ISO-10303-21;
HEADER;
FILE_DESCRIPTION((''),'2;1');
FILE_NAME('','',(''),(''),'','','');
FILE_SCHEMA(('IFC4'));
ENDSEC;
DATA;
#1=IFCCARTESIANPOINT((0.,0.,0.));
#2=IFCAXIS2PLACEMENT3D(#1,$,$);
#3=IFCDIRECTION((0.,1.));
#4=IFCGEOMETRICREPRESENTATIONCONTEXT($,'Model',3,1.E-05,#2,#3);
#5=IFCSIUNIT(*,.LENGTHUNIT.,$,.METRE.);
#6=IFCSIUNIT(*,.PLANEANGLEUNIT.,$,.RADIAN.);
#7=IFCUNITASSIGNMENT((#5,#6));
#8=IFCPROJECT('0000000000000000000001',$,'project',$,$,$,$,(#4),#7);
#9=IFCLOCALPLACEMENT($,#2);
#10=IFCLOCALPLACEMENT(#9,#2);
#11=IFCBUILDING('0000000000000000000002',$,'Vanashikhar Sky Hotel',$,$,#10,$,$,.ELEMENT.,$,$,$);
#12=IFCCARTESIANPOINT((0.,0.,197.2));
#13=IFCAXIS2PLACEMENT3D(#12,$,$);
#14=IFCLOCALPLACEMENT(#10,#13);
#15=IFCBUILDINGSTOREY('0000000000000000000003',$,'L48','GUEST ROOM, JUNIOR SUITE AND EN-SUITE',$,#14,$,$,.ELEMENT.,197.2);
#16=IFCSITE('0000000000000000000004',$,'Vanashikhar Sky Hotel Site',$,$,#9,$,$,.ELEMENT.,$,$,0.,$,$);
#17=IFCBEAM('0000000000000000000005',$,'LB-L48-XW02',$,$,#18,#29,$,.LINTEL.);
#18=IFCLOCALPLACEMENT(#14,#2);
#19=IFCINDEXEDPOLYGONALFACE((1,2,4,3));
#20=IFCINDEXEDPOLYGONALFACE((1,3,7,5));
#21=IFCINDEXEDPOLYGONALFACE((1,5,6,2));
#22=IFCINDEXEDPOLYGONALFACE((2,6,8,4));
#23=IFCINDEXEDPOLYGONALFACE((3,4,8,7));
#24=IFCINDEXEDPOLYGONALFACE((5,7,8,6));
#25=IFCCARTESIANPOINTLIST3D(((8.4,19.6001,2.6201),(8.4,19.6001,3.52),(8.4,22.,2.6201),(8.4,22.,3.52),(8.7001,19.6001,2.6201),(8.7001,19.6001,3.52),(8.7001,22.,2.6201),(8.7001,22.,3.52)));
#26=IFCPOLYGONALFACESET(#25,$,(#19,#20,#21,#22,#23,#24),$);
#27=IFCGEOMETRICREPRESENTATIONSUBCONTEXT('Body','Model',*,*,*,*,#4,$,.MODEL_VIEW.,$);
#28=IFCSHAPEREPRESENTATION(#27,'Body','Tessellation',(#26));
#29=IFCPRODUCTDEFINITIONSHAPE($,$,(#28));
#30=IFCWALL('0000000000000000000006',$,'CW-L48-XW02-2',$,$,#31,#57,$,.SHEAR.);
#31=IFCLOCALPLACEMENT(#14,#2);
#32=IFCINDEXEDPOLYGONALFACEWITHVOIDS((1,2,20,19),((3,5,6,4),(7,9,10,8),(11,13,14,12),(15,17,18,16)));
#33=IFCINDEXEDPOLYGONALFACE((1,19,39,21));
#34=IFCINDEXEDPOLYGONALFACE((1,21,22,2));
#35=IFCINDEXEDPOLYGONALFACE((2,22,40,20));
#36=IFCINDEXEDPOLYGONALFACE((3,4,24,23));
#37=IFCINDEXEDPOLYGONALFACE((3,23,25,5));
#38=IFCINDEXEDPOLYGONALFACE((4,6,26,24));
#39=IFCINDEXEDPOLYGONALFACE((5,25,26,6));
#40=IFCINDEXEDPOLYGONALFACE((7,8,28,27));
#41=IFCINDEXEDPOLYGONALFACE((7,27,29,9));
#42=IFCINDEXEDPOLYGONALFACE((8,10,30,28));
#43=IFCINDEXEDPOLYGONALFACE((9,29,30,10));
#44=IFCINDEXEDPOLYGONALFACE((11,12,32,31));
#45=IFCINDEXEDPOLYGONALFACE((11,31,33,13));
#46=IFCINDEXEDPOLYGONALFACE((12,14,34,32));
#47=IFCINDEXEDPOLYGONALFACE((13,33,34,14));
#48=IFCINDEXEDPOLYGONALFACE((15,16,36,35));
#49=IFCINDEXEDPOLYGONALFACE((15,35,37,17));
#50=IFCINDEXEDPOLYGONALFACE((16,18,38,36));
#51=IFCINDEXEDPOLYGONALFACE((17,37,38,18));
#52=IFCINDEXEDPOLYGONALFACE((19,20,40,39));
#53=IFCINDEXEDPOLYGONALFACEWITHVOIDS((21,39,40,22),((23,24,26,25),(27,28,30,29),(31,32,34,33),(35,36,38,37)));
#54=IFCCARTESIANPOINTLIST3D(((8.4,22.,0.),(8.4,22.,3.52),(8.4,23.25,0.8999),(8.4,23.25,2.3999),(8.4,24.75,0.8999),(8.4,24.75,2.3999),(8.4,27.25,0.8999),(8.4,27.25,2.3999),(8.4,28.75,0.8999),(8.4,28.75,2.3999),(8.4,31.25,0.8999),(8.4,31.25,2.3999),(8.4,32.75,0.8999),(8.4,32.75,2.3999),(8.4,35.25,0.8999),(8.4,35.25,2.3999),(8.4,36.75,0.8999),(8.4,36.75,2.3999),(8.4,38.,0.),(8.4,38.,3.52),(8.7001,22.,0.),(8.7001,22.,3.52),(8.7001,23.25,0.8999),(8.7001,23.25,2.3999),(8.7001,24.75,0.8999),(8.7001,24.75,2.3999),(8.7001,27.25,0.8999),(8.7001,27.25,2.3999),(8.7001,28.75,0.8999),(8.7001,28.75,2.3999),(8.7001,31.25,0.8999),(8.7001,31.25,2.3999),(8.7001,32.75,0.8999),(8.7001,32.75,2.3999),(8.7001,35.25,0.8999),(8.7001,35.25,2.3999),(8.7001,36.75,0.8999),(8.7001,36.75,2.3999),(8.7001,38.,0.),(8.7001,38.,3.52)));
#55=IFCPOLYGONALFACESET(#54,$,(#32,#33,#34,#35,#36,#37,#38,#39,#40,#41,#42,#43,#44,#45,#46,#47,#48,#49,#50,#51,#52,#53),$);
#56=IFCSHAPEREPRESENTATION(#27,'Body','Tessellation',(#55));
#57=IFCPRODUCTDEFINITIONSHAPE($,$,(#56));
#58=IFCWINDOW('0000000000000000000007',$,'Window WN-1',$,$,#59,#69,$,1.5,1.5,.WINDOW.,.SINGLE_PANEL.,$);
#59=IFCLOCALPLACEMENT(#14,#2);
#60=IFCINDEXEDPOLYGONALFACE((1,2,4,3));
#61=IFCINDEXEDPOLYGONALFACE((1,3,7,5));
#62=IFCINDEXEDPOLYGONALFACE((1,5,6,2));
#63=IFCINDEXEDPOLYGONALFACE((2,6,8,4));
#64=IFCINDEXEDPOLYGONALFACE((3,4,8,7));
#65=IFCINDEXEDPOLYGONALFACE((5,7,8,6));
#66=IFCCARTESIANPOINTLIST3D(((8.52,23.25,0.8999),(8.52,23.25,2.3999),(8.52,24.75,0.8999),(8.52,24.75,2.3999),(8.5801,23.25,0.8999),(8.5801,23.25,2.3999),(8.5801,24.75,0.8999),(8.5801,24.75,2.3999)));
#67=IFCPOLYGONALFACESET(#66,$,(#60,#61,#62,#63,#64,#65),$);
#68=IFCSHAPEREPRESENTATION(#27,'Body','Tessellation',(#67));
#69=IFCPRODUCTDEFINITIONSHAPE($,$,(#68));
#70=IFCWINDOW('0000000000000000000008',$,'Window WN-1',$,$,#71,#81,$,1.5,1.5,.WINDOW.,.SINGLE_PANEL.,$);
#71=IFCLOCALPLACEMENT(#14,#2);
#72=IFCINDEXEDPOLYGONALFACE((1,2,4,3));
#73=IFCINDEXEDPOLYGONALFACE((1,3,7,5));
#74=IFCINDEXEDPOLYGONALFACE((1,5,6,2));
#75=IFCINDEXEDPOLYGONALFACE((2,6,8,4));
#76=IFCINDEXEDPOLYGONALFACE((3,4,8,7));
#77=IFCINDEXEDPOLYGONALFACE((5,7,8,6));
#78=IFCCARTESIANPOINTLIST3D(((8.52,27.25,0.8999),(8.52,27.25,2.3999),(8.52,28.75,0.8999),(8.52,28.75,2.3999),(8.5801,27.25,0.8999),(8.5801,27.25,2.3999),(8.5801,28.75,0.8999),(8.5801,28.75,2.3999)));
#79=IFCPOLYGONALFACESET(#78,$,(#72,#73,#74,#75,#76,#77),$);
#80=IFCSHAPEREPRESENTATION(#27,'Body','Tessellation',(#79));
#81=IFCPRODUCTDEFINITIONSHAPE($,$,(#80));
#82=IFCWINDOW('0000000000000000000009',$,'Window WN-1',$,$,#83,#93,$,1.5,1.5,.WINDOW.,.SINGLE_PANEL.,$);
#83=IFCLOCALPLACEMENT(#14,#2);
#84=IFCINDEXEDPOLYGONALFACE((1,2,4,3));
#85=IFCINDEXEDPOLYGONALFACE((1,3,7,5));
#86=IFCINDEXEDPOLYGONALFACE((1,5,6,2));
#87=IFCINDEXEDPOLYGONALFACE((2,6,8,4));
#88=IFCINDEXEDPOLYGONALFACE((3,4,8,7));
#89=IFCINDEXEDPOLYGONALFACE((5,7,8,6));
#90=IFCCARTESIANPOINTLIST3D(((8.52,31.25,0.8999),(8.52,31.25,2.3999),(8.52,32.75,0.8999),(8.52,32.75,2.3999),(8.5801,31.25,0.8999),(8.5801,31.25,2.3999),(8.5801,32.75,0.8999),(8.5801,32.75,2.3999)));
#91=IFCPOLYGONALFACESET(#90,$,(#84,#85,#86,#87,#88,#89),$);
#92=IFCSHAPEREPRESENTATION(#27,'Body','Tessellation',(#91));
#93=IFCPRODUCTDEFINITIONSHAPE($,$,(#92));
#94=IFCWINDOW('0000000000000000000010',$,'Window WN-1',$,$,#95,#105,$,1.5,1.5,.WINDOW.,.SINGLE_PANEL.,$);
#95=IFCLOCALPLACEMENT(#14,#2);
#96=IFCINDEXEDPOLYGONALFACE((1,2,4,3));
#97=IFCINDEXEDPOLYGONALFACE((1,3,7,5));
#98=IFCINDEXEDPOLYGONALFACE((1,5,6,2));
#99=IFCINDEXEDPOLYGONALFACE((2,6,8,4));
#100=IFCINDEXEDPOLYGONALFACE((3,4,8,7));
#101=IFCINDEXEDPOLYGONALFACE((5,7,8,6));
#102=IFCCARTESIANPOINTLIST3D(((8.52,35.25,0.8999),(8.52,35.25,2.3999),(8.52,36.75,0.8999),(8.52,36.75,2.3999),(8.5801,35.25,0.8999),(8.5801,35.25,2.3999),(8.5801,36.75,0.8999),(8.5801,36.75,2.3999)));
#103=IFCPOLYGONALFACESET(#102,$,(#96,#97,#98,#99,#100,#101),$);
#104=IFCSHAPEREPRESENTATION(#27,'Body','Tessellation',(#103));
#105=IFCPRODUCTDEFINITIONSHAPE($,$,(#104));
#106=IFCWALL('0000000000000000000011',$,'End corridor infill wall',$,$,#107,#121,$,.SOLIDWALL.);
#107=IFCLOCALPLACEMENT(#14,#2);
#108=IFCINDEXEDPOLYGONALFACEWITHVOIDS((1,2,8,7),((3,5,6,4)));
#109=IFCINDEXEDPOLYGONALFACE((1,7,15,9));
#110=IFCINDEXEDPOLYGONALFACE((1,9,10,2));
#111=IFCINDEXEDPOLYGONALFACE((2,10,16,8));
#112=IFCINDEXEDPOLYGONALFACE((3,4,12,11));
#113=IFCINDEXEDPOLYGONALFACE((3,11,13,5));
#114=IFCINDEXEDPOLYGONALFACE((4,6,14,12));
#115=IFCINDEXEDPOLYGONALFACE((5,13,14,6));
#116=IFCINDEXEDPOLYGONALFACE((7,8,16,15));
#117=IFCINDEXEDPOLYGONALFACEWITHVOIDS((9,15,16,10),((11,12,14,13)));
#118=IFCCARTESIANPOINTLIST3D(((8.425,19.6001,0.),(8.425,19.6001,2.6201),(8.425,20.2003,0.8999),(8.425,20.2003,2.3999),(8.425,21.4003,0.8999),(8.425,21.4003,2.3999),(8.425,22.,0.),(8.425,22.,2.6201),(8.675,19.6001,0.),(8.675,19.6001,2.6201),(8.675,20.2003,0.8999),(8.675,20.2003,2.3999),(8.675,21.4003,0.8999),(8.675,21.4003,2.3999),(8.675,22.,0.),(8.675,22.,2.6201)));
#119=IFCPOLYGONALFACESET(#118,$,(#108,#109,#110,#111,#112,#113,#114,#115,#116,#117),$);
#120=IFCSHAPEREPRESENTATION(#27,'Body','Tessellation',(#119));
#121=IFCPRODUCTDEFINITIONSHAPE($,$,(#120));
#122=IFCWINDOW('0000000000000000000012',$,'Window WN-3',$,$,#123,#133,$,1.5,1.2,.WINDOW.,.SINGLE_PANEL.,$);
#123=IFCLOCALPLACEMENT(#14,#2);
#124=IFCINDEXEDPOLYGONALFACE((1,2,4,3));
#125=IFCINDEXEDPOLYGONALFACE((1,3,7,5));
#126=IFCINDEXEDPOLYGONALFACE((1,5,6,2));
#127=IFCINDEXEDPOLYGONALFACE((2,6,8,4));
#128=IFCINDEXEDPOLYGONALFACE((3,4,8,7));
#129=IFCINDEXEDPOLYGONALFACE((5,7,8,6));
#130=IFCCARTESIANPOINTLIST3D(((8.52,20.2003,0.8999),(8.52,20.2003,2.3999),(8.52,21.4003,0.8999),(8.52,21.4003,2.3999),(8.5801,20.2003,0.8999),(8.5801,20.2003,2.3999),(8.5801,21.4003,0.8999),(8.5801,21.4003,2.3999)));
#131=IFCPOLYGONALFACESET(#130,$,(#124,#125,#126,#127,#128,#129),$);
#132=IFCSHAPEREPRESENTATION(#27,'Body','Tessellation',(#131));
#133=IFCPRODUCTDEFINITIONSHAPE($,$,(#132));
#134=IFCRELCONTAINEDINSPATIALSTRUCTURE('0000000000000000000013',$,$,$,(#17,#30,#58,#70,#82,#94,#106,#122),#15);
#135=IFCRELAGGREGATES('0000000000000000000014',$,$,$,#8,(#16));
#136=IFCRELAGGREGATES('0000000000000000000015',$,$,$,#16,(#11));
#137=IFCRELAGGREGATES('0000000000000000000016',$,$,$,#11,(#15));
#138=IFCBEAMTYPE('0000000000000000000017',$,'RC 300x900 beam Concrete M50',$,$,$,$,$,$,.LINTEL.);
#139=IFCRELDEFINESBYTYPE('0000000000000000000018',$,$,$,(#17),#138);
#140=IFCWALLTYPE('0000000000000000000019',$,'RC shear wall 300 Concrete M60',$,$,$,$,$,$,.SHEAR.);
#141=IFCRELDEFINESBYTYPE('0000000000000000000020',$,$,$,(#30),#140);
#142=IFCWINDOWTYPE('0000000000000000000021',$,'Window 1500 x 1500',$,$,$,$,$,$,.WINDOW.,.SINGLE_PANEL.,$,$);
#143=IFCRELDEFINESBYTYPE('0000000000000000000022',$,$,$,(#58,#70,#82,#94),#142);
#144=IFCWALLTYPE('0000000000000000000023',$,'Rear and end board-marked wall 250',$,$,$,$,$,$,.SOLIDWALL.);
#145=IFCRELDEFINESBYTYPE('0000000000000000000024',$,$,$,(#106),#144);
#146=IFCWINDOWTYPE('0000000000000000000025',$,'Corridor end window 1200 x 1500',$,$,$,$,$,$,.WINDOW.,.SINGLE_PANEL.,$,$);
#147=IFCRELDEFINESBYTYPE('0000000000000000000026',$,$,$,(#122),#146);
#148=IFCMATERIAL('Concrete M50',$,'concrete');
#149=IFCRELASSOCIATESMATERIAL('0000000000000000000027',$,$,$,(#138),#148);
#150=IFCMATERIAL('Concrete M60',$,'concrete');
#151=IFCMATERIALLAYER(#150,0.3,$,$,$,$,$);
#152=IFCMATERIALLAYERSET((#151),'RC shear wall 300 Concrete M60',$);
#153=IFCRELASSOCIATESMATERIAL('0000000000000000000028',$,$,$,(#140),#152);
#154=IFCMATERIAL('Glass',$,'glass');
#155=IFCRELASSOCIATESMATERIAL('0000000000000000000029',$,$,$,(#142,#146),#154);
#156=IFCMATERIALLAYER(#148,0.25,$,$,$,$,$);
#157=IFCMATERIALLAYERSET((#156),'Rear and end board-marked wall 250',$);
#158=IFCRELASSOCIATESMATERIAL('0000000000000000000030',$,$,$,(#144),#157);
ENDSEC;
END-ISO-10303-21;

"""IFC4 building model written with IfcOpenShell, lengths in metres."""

from ifc_helpers import new_model, si_unit, direction, frame, frame_2d, origin, origin_2d, place, context, subcontext, project, spatial, rectangle, extrude, source, transform, mapped, material, layer, layer_set, material_profile, profile_set, type_object, element, fill, save


model = new_model("IFC4")

# Units and contexts
model_context = context("Model", 3, precision=1e-05, world=origin(), true_north=direction((0.0, 1.0)))
body_context = subcontext(model_context, "Body", "Model", "MODEL_VIEW")
ifc_project = project(units=[si_unit("LENGTHUNIT", "METRE"), si_unit("PLANEANGLEUNIT", "RADIAN")], contexts=[model_context])

# Site, building, storey
site_placement = place(None, origin())
site = spatial("IfcSite", under=ifc_project, at=site_placement, Name="Vanashikhar Sky Hotel Site", CompositionType="ELEMENT", RefElevation=0.0)
building_placement = place(site_placement, origin())
building = spatial("IfcBuilding", under=site, at=building_placement, Name="Vanashikhar Sky Hotel", CompositionType="ELEMENT")
storey_placement = place(building_placement, frame((0.0, 0.0, 197.2)))
storey = spatial("IfcBuildingStorey", under=building, at=storey_placement, Name="L48", Description="GUEST ROOM, JUNIOR SUITE AND EN-SUITE", CompositionType="ELEMENT", Elevation=197.2)

# Beam
ifc_material_1 = material(Name="Concrete M50", Category="concrete")
ifc_material_profile = material_profile(ifc_material_1, rectangle(XDim=0.3, YDim=0.8999, at=origin_2d()))
ifc_profile_set = profile_set([ifc_material_profile], Name="RC 300x900 beam Concrete M50")
beam_type = type_object("IfcBeamType", Name="RC 300x900 beam Concrete M50", PredefinedType="LINTEL", material=ifc_profile_set)
shared_shape_1 = source(origin(), body_context, "Body", "SweptSolid", [
    extrude(rectangle(XDim=0.3, YDim=0.8999, at=origin_2d()), origin(), (0.0, 0.0, 1.0), 2.3999),
])
beam_placement = place(storey_placement, frame((8.55, 19.6001, 3.0701), z_axis=(0.0, 1.0, 0.0), x_axis=(-1.0, 0.0, 0.0)))
element("IfcBeam", 1, at=beam_placement, inside=storey, type_object=beam_type, Name="LB-L48-XW02", PredefinedType="LINTEL", context=body_context, shape_type="MappedRepresentation", body=[
    mapped(shared_shape_1, transform((0.0, 0.0, 0.0), scale=1.0)),
])

# Wall, openings, windows
ifc_material_2 = material(Name="Concrete M60", Category="concrete")
ifc_layer_1 = layer(ifc_material_2, 0.3)
ifc_layer_set_1 = layer_set([ifc_layer_1], Name="RC shear wall 300 Concrete M60")
wall_type_1 = type_object("IfcWallType", Name="RC shear wall 300 Concrete M60", PredefinedType="SHEAR", material=ifc_layer_set_1)
shared_shape_2 = source(origin(), body_context, "Body", "SweptSolid", [
    extrude(rectangle(XDim=16.0, YDim=0.3, at=frame_2d((8.0, 0.0))), origin(), (0.0, 0.0, 1.0), 3.52),
])
wall_1_placement = place(storey_placement, frame((8.55, 22.0, 0.0), z_axis=(0.0, 0.0, 1.0), x_axis=(0.0, 1.0, 0.0)))
wall_1 = element("IfcWall", 2, at=wall_1_placement, inside=storey, type_object=wall_type_1, Name="CW-L48-XW02-2", PredefinedType="SHEAR", context=body_context, shape_type="MappedRepresentation", body=[
    mapped(shared_shape_2, transform((0.0, 0.0, 0.0), scale=1.0)),
])
shared_shape_3 = source(origin(), body_context, "Body", "SweptSolid", [
    extrude(rectangle(XDim=1.5, YDim=1.5, at=frame_2d((0.75, 0.75))), frame((0.0, 0.1602, 0.0), z_axis=(0.0, -1.0, 0.0), x_axis=(1.0, 0.0, 0.0)), (0.0, 0.0, 1.0), 0.3201),
])
opening_1_placement = place(wall_1_placement, frame((1.25, 0.0, 0.8999)))
opening_1 = element("IfcOpeningElement", 3, at=opening_1_placement, cuts=wall_1, PredefinedType="OPENING", context=body_context, shape_type="MappedRepresentation", body=[
    mapped(shared_shape_3, transform((0.0, 0.0, 0.0), scale=1.0)),
])
opening_2_placement = place(wall_1_placement, frame((5.25, 0.0, 0.8999)))
opening_2 = element("IfcOpeningElement", 4, at=opening_2_placement, cuts=wall_1, PredefinedType="OPENING", context=body_context, shape_type="MappedRepresentation", body=[
    mapped(shared_shape_3, transform((0.0, 0.0, 0.0), scale=1.0)),
])
opening_3_placement = place(wall_1_placement, frame((9.25, 0.0, 0.8999)))
opening_3 = element("IfcOpeningElement", 5, at=opening_3_placement, cuts=wall_1, PredefinedType="OPENING", context=body_context, shape_type="MappedRepresentation", body=[
    mapped(shared_shape_3, transform((0.0, 0.0, 0.0), scale=1.0)),
])
opening_4_placement = place(wall_1_placement, frame((13.25, 0.0, 0.8999)))
opening_4 = element("IfcOpeningElement", 6, at=opening_4_placement, cuts=wall_1, PredefinedType="OPENING", context=body_context, shape_type="MappedRepresentation", body=[
    mapped(shared_shape_3, transform((0.0, 0.0, 0.0), scale=1.0)),
])
ifc_material_3 = material(Name="Glass", Category="glass")
window_type_1 = type_object("IfcWindowType", Name="Window 1500 x 1500", PartitioningType="SINGLE_PANEL", PredefinedType="WINDOW", material=ifc_material_3)
shared_shape_4 = source(origin(), body_context, "Body", "SweptSolid", [
    extrude(rectangle(XDim=1.5, YDim=1.5, at=frame_2d((0.75, 0.75))), frame((0.0, 0.03, 0.0), z_axis=(0.0, -1.0, 0.0), x_axis=(1.0, 0.0, 0.0)), (0.0, 0.0, 1.0), 0.0601),
])
window_1_placement = place(opening_1_placement, origin())
window_1 = element("IfcWindow", 7, at=window_1_placement, inside=storey, type_object=window_type_1, Name="Window WN-1", OverallHeight=1.5, OverallWidth=1.5, PartitioningType="SINGLE_PANEL", PredefinedType="WINDOW", context=body_context, shape_type="MappedRepresentation", body=[
    mapped(shared_shape_4, transform((0.0, 0.0, 0.0), scale=1.0)),
])
fill(opening_1, window_1)
window_2_placement = place(opening_2_placement, origin())
window_2 = element("IfcWindow", 8, at=window_2_placement, inside=storey, type_object=window_type_1, Name="Window WN-1", OverallHeight=1.5, OverallWidth=1.5, PartitioningType="SINGLE_PANEL", PredefinedType="WINDOW", context=body_context, shape_type="MappedRepresentation", body=[
    mapped(shared_shape_4, transform((0.0, 0.0, 0.0), scale=1.0)),
])
fill(opening_2, window_2)
window_3_placement = place(opening_3_placement, origin())
window_3 = element("IfcWindow", 9, at=window_3_placement, inside=storey, type_object=window_type_1, Name="Window WN-1", OverallHeight=1.5, OverallWidth=1.5, PartitioningType="SINGLE_PANEL", PredefinedType="WINDOW", context=body_context, shape_type="MappedRepresentation", body=[
    mapped(shared_shape_4, transform((0.0, 0.0, 0.0), scale=1.0)),
])
fill(opening_3, window_3)
window_4_placement = place(opening_4_placement, origin())
window_4 = element("IfcWindow", 10, at=window_4_placement, inside=storey, type_object=window_type_1, Name="Window WN-1", OverallHeight=1.5, OverallWidth=1.5, PartitioningType="SINGLE_PANEL", PredefinedType="WINDOW", context=body_context, shape_type="MappedRepresentation", body=[
    mapped(shared_shape_4, transform((0.0, 0.0, 0.0), scale=1.0)),
])
fill(opening_4, window_4)

# Wall, opening, window
ifc_layer_2 = layer(ifc_material_1, 0.25)
ifc_layer_set_2 = layer_set([ifc_layer_2], Name="Rear and end board-marked wall 250")
wall_type_2 = type_object("IfcWallType", Name="Rear and end board-marked wall 250", PredefinedType="SOLIDWALL", material=ifc_layer_set_2)
shared_shape_5 = source(origin(), body_context, "Body", "SweptSolid", [
    extrude(rectangle(XDim=2.3999, YDim=0.25, at=frame_2d((1.2, 0.0))), origin(), (0.0, 0.0, 1.0), 2.6201),
])
wall_2_placement = place(storey_placement, frame((8.55, 19.6001, 0.0), z_axis=(0.0, 0.0, 1.0), x_axis=(0.0, 1.0, 0.0)))
wall_2 = element("IfcWall", 11, at=wall_2_placement, inside=storey, type_object=wall_type_2, Name="End corridor infill wall", PredefinedType="SOLIDWALL", context=body_context, shape_type="MappedRepresentation", body=[
    mapped(shared_shape_5, transform((0.0, 0.0, 0.0), scale=1.0)),
])
shared_shape_6 = source(origin(), body_context, "Body", "SweptSolid", [
    extrude(rectangle(XDim=1.2, YDim=1.5, at=frame_2d((0.6001, 0.75))), frame((0.0, 0.135, 0.0), z_axis=(0.0, -1.0, 0.0), x_axis=(1.0, 0.0, 0.0)), (0.0, 0.0, 1.0), 0.27),
])
opening_5_placement = place(wall_2_placement, frame((0.6001, 0.0, 0.8999)))
opening_5 = element("IfcOpeningElement", 12, at=opening_5_placement, cuts=wall_2, PredefinedType="OPENING", context=body_context, shape_type="MappedRepresentation", body=[
    mapped(shared_shape_6, transform((0.0, 0.0, 0.0), scale=1.0)),
])
window_type_2 = type_object("IfcWindowType", Name="Corridor end window 1200 x 1500", PartitioningType="SINGLE_PANEL", PredefinedType="WINDOW", material=ifc_material_3)
shared_shape_7 = source(origin(), body_context, "Body", "SweptSolid", [
    extrude(rectangle(XDim=1.2, YDim=1.5, at=frame_2d((0.6001, 0.75))), frame((0.0, 0.03, 0.0), z_axis=(0.0, -1.0, 0.0), x_axis=(1.0, 0.0, 0.0)), (0.0, 0.0, 1.0), 0.0601),
])
window_5_placement = place(opening_5_placement, origin())
window_5 = element("IfcWindow", 13, at=window_5_placement, inside=storey, type_object=window_type_2, Name="Window WN-3", OverallHeight=1.5, OverallWidth=1.2, PartitioningType="SINGLE_PANEL", PredefinedType="WINDOW", context=body_context, shape_type="MappedRepresentation", body=[
    mapped(shared_shape_7, transform((0.0, 0.0, 0.0), scale=1.0)),
])
fill(opening_5, window_5)

save(model, "model.ifc")
